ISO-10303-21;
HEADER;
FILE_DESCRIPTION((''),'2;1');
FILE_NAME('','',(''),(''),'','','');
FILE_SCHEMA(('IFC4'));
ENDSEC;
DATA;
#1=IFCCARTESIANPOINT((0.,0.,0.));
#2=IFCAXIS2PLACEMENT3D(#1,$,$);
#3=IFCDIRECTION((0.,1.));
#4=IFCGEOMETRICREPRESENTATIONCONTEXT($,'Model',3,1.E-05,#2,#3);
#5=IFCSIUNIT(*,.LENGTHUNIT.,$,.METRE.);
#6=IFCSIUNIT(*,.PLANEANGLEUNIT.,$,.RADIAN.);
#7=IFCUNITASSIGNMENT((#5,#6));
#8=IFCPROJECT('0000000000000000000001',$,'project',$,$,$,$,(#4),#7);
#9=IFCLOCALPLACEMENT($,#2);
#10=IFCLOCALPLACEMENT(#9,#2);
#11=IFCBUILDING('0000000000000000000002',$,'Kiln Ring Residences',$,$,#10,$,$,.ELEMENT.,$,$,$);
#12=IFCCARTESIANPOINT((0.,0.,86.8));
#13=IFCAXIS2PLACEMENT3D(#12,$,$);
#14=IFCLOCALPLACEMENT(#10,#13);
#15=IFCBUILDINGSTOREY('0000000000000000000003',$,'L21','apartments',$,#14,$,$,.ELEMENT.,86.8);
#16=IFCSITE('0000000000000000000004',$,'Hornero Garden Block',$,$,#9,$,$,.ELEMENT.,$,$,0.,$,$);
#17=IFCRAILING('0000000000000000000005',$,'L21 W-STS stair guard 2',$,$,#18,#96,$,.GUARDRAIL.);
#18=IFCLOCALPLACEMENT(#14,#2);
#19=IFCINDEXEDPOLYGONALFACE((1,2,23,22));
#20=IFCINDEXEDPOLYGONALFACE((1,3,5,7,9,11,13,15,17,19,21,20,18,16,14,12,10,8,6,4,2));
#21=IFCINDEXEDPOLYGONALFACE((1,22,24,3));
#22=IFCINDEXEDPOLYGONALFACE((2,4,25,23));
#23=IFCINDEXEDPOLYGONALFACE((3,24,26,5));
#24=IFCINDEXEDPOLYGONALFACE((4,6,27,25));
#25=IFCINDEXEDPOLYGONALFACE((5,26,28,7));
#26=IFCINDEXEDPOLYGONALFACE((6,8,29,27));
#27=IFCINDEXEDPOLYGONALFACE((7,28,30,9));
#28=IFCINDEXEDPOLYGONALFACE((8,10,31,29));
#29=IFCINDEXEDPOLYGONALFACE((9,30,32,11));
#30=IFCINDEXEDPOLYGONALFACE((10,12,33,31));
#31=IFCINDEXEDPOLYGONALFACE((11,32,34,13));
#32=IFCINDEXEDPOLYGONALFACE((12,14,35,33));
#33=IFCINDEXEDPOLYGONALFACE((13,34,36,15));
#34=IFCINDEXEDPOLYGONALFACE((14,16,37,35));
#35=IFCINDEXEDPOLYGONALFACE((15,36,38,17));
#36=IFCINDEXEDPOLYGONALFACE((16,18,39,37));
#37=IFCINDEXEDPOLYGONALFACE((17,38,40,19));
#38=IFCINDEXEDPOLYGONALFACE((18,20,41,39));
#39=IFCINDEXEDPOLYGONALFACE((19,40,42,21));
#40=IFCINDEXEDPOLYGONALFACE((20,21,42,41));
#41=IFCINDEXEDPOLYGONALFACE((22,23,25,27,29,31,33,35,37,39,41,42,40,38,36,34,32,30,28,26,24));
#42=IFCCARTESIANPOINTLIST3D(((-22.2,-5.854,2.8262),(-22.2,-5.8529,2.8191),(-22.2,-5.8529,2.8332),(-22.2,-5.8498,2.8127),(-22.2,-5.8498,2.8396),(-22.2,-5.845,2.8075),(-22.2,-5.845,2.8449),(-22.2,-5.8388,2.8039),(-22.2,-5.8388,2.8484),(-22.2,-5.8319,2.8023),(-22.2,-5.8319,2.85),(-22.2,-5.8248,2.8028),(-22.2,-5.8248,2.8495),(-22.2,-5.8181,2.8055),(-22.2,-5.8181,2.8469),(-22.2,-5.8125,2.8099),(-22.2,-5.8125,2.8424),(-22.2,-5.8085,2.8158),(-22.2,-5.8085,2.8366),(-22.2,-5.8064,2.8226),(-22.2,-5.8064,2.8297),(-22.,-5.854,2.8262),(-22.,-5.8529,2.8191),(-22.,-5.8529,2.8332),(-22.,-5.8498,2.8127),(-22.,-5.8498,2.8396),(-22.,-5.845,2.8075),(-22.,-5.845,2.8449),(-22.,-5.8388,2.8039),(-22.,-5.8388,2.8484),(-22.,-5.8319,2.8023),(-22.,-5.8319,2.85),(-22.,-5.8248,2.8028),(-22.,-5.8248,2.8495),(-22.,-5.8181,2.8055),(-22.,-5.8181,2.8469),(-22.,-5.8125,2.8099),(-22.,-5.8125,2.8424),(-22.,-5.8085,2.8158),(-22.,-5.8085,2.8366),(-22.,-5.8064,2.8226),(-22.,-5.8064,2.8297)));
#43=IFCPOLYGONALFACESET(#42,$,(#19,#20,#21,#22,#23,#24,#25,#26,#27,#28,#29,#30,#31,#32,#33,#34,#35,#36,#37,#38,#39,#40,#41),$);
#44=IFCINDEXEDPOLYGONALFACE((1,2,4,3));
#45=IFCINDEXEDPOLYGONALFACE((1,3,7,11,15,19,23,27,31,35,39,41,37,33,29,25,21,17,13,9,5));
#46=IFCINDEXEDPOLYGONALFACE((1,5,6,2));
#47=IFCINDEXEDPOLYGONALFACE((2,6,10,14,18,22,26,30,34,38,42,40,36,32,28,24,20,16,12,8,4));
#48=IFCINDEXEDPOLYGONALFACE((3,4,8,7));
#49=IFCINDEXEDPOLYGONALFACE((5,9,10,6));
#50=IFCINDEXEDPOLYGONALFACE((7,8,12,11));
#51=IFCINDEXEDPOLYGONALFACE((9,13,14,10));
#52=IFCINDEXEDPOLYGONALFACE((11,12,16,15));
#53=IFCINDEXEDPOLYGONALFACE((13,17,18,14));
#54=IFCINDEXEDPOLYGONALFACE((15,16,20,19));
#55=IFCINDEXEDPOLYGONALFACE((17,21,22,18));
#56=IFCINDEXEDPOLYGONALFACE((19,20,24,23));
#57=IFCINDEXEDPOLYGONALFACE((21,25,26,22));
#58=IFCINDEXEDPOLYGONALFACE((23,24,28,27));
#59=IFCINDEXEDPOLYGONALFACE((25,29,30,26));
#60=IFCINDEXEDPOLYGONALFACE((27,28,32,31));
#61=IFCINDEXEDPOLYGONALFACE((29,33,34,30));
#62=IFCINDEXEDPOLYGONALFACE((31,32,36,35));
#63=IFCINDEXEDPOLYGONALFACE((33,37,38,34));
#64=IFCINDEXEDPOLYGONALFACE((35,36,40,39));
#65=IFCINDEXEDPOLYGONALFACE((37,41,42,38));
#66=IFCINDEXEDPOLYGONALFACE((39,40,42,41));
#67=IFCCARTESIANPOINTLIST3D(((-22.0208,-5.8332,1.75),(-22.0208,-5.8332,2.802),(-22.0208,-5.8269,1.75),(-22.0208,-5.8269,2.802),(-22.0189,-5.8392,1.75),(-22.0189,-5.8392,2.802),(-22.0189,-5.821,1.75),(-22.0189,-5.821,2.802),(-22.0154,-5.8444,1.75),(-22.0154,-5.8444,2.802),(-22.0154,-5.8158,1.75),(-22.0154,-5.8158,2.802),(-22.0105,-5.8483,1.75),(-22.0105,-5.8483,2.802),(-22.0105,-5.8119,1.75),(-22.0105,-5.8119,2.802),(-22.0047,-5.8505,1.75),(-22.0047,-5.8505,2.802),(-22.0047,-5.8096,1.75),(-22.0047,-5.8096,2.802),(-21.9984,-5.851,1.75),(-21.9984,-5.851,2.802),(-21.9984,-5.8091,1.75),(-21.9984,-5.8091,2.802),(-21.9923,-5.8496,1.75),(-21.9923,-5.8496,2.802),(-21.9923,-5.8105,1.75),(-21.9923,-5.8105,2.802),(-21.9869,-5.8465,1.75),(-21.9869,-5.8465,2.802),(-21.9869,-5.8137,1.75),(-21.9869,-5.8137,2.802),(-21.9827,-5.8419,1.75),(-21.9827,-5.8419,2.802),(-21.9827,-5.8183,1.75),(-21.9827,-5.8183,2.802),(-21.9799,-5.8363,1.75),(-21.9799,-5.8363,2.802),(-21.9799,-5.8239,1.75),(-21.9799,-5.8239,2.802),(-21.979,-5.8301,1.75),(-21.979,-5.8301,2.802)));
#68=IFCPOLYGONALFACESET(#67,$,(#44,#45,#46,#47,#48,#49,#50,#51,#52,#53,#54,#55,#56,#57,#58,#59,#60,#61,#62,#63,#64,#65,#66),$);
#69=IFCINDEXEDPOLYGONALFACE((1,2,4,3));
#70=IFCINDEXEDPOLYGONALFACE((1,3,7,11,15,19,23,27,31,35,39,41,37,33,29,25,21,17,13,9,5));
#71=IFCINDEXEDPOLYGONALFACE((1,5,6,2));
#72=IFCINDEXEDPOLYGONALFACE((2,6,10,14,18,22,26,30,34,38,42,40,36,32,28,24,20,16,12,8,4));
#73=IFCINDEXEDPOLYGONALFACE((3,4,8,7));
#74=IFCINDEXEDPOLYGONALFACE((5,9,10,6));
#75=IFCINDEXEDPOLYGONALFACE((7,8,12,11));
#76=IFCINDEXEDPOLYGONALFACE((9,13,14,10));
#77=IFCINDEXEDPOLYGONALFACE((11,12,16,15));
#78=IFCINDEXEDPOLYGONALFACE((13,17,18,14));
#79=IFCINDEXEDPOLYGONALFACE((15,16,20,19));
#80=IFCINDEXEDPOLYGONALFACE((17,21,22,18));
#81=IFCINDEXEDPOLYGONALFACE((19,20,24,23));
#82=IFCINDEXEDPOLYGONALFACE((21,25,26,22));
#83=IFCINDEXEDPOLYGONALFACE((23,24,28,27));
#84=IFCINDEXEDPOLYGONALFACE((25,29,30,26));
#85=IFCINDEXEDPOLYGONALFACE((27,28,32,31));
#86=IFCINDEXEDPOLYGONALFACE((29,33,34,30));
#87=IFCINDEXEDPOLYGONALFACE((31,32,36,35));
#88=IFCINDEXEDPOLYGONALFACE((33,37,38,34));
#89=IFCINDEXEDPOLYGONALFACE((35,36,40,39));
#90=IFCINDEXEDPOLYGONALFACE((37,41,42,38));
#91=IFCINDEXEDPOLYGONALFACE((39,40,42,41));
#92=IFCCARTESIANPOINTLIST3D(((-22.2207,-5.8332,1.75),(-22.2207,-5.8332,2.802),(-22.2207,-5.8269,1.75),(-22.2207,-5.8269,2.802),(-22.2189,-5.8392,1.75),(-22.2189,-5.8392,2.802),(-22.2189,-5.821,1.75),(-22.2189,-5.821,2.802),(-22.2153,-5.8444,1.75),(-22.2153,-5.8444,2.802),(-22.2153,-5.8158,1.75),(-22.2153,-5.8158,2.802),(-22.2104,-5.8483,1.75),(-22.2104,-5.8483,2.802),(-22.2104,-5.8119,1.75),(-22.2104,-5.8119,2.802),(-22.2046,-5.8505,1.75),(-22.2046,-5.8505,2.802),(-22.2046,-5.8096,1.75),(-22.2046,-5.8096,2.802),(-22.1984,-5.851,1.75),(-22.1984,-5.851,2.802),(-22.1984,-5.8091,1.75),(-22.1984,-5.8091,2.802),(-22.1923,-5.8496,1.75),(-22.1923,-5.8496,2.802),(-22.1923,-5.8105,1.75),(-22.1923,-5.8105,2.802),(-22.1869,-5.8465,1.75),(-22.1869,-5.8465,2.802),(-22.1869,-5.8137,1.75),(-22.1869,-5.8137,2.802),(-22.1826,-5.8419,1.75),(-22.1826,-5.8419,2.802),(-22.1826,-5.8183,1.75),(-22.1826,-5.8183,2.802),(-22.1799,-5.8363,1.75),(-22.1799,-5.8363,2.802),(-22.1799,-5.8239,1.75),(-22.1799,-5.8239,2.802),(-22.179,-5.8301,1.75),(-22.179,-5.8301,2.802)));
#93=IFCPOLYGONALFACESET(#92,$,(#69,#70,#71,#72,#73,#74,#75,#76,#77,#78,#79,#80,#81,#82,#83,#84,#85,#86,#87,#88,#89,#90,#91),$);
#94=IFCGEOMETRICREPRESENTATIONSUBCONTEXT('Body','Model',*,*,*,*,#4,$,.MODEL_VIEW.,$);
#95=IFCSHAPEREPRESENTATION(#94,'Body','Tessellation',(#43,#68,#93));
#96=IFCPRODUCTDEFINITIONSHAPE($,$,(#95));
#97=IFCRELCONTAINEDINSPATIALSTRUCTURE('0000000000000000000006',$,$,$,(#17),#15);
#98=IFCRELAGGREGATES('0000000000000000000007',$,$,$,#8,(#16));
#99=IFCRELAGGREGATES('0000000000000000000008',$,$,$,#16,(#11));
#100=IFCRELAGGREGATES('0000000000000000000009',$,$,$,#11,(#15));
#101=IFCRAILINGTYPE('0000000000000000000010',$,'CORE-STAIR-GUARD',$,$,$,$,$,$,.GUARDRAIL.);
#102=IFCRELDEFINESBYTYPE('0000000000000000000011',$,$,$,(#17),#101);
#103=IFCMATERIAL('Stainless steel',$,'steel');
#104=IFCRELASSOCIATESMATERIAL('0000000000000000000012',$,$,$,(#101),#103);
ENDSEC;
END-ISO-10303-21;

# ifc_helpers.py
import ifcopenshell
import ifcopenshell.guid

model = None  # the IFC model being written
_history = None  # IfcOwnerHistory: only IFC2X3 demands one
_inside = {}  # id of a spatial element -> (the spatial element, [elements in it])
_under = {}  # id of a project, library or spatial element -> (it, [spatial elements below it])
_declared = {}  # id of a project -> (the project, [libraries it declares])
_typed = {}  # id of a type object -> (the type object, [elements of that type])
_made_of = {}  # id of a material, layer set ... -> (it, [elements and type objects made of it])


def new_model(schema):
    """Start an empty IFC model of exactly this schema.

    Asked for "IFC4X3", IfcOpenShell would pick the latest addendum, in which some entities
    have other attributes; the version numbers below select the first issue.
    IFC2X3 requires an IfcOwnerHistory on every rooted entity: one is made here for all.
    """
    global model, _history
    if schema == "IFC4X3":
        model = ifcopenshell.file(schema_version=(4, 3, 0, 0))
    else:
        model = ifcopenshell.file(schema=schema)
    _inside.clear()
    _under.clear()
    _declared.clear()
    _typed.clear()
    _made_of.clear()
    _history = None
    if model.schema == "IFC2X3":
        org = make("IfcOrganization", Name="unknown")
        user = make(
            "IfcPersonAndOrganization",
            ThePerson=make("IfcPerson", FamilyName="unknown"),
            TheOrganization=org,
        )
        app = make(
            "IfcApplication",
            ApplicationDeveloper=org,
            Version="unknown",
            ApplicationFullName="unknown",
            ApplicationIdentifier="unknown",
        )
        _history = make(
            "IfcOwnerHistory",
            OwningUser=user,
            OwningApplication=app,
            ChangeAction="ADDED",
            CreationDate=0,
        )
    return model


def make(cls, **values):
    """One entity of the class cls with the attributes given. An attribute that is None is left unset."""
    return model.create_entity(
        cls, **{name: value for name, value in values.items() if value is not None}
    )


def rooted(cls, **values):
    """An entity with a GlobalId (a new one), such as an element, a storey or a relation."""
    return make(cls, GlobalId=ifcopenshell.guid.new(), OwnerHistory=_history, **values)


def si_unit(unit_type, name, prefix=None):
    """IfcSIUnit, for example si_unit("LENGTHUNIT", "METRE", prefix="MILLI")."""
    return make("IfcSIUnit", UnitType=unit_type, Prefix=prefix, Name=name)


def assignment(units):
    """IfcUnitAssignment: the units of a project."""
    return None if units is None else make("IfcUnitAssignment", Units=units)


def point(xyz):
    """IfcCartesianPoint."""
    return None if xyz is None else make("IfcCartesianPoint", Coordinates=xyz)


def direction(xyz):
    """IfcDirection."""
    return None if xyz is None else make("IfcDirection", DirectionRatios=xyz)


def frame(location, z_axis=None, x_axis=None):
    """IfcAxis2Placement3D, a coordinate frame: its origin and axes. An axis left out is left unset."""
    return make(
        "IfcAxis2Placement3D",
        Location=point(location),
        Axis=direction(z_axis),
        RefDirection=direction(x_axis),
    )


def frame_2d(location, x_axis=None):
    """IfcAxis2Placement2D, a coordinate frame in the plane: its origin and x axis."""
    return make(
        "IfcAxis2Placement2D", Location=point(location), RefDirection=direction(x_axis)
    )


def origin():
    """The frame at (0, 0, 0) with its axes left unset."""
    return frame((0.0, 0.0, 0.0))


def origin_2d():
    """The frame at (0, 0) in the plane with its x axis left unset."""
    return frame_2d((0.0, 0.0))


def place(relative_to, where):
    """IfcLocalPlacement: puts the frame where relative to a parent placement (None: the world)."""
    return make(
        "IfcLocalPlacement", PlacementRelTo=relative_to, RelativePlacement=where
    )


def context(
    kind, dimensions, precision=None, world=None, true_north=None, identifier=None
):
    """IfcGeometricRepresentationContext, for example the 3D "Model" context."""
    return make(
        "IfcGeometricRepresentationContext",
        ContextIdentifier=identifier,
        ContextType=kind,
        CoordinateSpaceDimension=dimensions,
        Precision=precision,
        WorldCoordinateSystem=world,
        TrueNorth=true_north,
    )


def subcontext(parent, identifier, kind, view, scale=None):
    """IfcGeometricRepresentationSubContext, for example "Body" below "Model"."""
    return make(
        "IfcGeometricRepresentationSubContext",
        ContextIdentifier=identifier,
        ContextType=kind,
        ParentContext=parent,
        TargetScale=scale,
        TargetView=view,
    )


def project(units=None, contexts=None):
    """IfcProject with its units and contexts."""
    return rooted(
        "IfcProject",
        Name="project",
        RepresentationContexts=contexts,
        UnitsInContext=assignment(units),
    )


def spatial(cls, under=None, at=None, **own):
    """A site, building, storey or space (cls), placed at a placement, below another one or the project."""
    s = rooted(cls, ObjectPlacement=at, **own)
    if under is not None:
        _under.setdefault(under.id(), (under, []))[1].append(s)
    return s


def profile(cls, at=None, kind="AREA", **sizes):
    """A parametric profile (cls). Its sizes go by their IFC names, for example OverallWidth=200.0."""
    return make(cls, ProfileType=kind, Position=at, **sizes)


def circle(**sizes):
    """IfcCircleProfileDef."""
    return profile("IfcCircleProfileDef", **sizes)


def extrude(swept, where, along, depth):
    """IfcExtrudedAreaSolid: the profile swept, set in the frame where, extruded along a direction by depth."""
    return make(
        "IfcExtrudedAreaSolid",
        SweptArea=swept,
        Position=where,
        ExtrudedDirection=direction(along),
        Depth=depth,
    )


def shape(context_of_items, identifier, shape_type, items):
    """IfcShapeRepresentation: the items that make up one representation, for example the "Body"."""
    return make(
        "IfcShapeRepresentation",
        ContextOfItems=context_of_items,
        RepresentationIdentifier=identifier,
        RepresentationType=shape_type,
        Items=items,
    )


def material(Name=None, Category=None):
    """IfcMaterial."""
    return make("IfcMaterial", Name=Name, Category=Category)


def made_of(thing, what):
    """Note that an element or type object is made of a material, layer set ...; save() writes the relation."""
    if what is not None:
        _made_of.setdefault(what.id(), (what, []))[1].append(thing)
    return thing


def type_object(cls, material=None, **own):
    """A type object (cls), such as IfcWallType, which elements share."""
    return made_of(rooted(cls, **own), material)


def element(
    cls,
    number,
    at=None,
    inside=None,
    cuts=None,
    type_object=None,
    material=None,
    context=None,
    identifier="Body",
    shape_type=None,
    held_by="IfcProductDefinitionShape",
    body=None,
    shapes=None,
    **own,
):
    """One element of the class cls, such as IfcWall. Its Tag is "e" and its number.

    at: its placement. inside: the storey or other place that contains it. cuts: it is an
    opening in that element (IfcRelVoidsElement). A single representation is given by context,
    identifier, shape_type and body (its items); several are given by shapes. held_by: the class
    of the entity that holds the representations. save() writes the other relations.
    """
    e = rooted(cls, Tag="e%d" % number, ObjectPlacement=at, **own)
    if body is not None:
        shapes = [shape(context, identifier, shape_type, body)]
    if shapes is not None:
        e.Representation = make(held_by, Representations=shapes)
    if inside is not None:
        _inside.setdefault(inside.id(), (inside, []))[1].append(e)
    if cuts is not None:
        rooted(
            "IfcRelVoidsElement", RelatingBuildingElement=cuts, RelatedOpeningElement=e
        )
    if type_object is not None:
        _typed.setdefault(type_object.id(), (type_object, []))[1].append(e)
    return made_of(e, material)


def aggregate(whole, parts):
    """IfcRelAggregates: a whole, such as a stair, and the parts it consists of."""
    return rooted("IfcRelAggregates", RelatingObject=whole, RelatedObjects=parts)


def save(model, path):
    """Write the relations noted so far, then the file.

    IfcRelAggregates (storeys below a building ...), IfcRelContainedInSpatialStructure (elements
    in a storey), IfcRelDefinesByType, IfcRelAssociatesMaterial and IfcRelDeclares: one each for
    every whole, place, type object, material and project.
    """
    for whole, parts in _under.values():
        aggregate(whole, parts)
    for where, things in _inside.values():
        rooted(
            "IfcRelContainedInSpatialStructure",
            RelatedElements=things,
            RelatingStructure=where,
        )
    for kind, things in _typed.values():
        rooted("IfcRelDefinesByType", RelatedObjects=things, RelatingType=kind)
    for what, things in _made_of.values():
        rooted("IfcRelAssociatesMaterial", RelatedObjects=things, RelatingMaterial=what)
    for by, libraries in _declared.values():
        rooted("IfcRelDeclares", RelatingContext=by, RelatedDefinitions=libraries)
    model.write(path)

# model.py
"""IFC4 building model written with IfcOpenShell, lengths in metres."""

from ifc_helpers import new_model, si_unit, direction, frame, origin, origin_2d, place, context, subcontext, project, spatial, circle, extrude, material, type_object, element, save


model = new_model("IFC4")

# Units and contexts
model_context = context("Model", 3, precision=1e-05, world=origin(), true_north=direction((0.0, 1.0)))
body_context = subcontext(model_context, "Body", "Model", "MODEL_VIEW")
ifc_project = project(units=[si_unit("LENGTHUNIT", "METRE"), si_unit("PLANEANGLEUNIT", "RADIAN")], contexts=[model_context])

# Site, building, storey
site_placement = place(None, origin())
site = spatial("IfcSite", under=ifc_project, at=site_placement, Name="Hornero Garden Block", CompositionType="ELEMENT", RefElevation=0.0)
building_placement = place(site_placement, origin())
building = spatial("IfcBuilding", under=site, at=building_placement, Name="Kiln Ring Residences", CompositionType="ELEMENT")
storey_placement = place(building_placement, frame((0.0, 0.0, 86.8)))
storey = spatial("IfcBuildingStorey", under=building, at=storey_placement, Name="L21", Description="apartments", CompositionType="ELEMENT", Elevation=86.8)

# Railing
ifc_material_1 = material(Name="Stainless steel", Category="steel")
railing_type_1 = type_object("IfcRailingType", Name="CORE-STAIR-GUARD", PredefinedType="GUARDRAIL", material=ifc_material_1)
railing_1_placement = place(storey_placement, frame((-22.0, -5.8301, 1.75)))
element("IfcRailing", 1, at=railing_1_placement, inside=storey, type_object=railing_type_1, Name="L21 W-STS stair guard 2", PredefinedType="GUARDRAIL", context=body_context, shape_type="SweptSolid", body=[
    extrude(circle(Radius=0.0239, at=origin_2d()), frame((0.0, 0.0, 1.0762), z_axis=(-1.0, 0.0, 0.0), x_axis=(0.0, -1.0, 0.0)), (0.0, 0.0, 1.0), 0.2),
    extrude(circle(Radius=0.021, at=origin_2d()), origin(), (0.0, 0.0, 1.0), 1.052),
    extrude(circle(Radius=0.021, at=origin_2d()), frame((-0.2, 0.0, 0.0)), (0.0, 0.0, 1.0), 1.052),
])

save(model, "model.ifc")
